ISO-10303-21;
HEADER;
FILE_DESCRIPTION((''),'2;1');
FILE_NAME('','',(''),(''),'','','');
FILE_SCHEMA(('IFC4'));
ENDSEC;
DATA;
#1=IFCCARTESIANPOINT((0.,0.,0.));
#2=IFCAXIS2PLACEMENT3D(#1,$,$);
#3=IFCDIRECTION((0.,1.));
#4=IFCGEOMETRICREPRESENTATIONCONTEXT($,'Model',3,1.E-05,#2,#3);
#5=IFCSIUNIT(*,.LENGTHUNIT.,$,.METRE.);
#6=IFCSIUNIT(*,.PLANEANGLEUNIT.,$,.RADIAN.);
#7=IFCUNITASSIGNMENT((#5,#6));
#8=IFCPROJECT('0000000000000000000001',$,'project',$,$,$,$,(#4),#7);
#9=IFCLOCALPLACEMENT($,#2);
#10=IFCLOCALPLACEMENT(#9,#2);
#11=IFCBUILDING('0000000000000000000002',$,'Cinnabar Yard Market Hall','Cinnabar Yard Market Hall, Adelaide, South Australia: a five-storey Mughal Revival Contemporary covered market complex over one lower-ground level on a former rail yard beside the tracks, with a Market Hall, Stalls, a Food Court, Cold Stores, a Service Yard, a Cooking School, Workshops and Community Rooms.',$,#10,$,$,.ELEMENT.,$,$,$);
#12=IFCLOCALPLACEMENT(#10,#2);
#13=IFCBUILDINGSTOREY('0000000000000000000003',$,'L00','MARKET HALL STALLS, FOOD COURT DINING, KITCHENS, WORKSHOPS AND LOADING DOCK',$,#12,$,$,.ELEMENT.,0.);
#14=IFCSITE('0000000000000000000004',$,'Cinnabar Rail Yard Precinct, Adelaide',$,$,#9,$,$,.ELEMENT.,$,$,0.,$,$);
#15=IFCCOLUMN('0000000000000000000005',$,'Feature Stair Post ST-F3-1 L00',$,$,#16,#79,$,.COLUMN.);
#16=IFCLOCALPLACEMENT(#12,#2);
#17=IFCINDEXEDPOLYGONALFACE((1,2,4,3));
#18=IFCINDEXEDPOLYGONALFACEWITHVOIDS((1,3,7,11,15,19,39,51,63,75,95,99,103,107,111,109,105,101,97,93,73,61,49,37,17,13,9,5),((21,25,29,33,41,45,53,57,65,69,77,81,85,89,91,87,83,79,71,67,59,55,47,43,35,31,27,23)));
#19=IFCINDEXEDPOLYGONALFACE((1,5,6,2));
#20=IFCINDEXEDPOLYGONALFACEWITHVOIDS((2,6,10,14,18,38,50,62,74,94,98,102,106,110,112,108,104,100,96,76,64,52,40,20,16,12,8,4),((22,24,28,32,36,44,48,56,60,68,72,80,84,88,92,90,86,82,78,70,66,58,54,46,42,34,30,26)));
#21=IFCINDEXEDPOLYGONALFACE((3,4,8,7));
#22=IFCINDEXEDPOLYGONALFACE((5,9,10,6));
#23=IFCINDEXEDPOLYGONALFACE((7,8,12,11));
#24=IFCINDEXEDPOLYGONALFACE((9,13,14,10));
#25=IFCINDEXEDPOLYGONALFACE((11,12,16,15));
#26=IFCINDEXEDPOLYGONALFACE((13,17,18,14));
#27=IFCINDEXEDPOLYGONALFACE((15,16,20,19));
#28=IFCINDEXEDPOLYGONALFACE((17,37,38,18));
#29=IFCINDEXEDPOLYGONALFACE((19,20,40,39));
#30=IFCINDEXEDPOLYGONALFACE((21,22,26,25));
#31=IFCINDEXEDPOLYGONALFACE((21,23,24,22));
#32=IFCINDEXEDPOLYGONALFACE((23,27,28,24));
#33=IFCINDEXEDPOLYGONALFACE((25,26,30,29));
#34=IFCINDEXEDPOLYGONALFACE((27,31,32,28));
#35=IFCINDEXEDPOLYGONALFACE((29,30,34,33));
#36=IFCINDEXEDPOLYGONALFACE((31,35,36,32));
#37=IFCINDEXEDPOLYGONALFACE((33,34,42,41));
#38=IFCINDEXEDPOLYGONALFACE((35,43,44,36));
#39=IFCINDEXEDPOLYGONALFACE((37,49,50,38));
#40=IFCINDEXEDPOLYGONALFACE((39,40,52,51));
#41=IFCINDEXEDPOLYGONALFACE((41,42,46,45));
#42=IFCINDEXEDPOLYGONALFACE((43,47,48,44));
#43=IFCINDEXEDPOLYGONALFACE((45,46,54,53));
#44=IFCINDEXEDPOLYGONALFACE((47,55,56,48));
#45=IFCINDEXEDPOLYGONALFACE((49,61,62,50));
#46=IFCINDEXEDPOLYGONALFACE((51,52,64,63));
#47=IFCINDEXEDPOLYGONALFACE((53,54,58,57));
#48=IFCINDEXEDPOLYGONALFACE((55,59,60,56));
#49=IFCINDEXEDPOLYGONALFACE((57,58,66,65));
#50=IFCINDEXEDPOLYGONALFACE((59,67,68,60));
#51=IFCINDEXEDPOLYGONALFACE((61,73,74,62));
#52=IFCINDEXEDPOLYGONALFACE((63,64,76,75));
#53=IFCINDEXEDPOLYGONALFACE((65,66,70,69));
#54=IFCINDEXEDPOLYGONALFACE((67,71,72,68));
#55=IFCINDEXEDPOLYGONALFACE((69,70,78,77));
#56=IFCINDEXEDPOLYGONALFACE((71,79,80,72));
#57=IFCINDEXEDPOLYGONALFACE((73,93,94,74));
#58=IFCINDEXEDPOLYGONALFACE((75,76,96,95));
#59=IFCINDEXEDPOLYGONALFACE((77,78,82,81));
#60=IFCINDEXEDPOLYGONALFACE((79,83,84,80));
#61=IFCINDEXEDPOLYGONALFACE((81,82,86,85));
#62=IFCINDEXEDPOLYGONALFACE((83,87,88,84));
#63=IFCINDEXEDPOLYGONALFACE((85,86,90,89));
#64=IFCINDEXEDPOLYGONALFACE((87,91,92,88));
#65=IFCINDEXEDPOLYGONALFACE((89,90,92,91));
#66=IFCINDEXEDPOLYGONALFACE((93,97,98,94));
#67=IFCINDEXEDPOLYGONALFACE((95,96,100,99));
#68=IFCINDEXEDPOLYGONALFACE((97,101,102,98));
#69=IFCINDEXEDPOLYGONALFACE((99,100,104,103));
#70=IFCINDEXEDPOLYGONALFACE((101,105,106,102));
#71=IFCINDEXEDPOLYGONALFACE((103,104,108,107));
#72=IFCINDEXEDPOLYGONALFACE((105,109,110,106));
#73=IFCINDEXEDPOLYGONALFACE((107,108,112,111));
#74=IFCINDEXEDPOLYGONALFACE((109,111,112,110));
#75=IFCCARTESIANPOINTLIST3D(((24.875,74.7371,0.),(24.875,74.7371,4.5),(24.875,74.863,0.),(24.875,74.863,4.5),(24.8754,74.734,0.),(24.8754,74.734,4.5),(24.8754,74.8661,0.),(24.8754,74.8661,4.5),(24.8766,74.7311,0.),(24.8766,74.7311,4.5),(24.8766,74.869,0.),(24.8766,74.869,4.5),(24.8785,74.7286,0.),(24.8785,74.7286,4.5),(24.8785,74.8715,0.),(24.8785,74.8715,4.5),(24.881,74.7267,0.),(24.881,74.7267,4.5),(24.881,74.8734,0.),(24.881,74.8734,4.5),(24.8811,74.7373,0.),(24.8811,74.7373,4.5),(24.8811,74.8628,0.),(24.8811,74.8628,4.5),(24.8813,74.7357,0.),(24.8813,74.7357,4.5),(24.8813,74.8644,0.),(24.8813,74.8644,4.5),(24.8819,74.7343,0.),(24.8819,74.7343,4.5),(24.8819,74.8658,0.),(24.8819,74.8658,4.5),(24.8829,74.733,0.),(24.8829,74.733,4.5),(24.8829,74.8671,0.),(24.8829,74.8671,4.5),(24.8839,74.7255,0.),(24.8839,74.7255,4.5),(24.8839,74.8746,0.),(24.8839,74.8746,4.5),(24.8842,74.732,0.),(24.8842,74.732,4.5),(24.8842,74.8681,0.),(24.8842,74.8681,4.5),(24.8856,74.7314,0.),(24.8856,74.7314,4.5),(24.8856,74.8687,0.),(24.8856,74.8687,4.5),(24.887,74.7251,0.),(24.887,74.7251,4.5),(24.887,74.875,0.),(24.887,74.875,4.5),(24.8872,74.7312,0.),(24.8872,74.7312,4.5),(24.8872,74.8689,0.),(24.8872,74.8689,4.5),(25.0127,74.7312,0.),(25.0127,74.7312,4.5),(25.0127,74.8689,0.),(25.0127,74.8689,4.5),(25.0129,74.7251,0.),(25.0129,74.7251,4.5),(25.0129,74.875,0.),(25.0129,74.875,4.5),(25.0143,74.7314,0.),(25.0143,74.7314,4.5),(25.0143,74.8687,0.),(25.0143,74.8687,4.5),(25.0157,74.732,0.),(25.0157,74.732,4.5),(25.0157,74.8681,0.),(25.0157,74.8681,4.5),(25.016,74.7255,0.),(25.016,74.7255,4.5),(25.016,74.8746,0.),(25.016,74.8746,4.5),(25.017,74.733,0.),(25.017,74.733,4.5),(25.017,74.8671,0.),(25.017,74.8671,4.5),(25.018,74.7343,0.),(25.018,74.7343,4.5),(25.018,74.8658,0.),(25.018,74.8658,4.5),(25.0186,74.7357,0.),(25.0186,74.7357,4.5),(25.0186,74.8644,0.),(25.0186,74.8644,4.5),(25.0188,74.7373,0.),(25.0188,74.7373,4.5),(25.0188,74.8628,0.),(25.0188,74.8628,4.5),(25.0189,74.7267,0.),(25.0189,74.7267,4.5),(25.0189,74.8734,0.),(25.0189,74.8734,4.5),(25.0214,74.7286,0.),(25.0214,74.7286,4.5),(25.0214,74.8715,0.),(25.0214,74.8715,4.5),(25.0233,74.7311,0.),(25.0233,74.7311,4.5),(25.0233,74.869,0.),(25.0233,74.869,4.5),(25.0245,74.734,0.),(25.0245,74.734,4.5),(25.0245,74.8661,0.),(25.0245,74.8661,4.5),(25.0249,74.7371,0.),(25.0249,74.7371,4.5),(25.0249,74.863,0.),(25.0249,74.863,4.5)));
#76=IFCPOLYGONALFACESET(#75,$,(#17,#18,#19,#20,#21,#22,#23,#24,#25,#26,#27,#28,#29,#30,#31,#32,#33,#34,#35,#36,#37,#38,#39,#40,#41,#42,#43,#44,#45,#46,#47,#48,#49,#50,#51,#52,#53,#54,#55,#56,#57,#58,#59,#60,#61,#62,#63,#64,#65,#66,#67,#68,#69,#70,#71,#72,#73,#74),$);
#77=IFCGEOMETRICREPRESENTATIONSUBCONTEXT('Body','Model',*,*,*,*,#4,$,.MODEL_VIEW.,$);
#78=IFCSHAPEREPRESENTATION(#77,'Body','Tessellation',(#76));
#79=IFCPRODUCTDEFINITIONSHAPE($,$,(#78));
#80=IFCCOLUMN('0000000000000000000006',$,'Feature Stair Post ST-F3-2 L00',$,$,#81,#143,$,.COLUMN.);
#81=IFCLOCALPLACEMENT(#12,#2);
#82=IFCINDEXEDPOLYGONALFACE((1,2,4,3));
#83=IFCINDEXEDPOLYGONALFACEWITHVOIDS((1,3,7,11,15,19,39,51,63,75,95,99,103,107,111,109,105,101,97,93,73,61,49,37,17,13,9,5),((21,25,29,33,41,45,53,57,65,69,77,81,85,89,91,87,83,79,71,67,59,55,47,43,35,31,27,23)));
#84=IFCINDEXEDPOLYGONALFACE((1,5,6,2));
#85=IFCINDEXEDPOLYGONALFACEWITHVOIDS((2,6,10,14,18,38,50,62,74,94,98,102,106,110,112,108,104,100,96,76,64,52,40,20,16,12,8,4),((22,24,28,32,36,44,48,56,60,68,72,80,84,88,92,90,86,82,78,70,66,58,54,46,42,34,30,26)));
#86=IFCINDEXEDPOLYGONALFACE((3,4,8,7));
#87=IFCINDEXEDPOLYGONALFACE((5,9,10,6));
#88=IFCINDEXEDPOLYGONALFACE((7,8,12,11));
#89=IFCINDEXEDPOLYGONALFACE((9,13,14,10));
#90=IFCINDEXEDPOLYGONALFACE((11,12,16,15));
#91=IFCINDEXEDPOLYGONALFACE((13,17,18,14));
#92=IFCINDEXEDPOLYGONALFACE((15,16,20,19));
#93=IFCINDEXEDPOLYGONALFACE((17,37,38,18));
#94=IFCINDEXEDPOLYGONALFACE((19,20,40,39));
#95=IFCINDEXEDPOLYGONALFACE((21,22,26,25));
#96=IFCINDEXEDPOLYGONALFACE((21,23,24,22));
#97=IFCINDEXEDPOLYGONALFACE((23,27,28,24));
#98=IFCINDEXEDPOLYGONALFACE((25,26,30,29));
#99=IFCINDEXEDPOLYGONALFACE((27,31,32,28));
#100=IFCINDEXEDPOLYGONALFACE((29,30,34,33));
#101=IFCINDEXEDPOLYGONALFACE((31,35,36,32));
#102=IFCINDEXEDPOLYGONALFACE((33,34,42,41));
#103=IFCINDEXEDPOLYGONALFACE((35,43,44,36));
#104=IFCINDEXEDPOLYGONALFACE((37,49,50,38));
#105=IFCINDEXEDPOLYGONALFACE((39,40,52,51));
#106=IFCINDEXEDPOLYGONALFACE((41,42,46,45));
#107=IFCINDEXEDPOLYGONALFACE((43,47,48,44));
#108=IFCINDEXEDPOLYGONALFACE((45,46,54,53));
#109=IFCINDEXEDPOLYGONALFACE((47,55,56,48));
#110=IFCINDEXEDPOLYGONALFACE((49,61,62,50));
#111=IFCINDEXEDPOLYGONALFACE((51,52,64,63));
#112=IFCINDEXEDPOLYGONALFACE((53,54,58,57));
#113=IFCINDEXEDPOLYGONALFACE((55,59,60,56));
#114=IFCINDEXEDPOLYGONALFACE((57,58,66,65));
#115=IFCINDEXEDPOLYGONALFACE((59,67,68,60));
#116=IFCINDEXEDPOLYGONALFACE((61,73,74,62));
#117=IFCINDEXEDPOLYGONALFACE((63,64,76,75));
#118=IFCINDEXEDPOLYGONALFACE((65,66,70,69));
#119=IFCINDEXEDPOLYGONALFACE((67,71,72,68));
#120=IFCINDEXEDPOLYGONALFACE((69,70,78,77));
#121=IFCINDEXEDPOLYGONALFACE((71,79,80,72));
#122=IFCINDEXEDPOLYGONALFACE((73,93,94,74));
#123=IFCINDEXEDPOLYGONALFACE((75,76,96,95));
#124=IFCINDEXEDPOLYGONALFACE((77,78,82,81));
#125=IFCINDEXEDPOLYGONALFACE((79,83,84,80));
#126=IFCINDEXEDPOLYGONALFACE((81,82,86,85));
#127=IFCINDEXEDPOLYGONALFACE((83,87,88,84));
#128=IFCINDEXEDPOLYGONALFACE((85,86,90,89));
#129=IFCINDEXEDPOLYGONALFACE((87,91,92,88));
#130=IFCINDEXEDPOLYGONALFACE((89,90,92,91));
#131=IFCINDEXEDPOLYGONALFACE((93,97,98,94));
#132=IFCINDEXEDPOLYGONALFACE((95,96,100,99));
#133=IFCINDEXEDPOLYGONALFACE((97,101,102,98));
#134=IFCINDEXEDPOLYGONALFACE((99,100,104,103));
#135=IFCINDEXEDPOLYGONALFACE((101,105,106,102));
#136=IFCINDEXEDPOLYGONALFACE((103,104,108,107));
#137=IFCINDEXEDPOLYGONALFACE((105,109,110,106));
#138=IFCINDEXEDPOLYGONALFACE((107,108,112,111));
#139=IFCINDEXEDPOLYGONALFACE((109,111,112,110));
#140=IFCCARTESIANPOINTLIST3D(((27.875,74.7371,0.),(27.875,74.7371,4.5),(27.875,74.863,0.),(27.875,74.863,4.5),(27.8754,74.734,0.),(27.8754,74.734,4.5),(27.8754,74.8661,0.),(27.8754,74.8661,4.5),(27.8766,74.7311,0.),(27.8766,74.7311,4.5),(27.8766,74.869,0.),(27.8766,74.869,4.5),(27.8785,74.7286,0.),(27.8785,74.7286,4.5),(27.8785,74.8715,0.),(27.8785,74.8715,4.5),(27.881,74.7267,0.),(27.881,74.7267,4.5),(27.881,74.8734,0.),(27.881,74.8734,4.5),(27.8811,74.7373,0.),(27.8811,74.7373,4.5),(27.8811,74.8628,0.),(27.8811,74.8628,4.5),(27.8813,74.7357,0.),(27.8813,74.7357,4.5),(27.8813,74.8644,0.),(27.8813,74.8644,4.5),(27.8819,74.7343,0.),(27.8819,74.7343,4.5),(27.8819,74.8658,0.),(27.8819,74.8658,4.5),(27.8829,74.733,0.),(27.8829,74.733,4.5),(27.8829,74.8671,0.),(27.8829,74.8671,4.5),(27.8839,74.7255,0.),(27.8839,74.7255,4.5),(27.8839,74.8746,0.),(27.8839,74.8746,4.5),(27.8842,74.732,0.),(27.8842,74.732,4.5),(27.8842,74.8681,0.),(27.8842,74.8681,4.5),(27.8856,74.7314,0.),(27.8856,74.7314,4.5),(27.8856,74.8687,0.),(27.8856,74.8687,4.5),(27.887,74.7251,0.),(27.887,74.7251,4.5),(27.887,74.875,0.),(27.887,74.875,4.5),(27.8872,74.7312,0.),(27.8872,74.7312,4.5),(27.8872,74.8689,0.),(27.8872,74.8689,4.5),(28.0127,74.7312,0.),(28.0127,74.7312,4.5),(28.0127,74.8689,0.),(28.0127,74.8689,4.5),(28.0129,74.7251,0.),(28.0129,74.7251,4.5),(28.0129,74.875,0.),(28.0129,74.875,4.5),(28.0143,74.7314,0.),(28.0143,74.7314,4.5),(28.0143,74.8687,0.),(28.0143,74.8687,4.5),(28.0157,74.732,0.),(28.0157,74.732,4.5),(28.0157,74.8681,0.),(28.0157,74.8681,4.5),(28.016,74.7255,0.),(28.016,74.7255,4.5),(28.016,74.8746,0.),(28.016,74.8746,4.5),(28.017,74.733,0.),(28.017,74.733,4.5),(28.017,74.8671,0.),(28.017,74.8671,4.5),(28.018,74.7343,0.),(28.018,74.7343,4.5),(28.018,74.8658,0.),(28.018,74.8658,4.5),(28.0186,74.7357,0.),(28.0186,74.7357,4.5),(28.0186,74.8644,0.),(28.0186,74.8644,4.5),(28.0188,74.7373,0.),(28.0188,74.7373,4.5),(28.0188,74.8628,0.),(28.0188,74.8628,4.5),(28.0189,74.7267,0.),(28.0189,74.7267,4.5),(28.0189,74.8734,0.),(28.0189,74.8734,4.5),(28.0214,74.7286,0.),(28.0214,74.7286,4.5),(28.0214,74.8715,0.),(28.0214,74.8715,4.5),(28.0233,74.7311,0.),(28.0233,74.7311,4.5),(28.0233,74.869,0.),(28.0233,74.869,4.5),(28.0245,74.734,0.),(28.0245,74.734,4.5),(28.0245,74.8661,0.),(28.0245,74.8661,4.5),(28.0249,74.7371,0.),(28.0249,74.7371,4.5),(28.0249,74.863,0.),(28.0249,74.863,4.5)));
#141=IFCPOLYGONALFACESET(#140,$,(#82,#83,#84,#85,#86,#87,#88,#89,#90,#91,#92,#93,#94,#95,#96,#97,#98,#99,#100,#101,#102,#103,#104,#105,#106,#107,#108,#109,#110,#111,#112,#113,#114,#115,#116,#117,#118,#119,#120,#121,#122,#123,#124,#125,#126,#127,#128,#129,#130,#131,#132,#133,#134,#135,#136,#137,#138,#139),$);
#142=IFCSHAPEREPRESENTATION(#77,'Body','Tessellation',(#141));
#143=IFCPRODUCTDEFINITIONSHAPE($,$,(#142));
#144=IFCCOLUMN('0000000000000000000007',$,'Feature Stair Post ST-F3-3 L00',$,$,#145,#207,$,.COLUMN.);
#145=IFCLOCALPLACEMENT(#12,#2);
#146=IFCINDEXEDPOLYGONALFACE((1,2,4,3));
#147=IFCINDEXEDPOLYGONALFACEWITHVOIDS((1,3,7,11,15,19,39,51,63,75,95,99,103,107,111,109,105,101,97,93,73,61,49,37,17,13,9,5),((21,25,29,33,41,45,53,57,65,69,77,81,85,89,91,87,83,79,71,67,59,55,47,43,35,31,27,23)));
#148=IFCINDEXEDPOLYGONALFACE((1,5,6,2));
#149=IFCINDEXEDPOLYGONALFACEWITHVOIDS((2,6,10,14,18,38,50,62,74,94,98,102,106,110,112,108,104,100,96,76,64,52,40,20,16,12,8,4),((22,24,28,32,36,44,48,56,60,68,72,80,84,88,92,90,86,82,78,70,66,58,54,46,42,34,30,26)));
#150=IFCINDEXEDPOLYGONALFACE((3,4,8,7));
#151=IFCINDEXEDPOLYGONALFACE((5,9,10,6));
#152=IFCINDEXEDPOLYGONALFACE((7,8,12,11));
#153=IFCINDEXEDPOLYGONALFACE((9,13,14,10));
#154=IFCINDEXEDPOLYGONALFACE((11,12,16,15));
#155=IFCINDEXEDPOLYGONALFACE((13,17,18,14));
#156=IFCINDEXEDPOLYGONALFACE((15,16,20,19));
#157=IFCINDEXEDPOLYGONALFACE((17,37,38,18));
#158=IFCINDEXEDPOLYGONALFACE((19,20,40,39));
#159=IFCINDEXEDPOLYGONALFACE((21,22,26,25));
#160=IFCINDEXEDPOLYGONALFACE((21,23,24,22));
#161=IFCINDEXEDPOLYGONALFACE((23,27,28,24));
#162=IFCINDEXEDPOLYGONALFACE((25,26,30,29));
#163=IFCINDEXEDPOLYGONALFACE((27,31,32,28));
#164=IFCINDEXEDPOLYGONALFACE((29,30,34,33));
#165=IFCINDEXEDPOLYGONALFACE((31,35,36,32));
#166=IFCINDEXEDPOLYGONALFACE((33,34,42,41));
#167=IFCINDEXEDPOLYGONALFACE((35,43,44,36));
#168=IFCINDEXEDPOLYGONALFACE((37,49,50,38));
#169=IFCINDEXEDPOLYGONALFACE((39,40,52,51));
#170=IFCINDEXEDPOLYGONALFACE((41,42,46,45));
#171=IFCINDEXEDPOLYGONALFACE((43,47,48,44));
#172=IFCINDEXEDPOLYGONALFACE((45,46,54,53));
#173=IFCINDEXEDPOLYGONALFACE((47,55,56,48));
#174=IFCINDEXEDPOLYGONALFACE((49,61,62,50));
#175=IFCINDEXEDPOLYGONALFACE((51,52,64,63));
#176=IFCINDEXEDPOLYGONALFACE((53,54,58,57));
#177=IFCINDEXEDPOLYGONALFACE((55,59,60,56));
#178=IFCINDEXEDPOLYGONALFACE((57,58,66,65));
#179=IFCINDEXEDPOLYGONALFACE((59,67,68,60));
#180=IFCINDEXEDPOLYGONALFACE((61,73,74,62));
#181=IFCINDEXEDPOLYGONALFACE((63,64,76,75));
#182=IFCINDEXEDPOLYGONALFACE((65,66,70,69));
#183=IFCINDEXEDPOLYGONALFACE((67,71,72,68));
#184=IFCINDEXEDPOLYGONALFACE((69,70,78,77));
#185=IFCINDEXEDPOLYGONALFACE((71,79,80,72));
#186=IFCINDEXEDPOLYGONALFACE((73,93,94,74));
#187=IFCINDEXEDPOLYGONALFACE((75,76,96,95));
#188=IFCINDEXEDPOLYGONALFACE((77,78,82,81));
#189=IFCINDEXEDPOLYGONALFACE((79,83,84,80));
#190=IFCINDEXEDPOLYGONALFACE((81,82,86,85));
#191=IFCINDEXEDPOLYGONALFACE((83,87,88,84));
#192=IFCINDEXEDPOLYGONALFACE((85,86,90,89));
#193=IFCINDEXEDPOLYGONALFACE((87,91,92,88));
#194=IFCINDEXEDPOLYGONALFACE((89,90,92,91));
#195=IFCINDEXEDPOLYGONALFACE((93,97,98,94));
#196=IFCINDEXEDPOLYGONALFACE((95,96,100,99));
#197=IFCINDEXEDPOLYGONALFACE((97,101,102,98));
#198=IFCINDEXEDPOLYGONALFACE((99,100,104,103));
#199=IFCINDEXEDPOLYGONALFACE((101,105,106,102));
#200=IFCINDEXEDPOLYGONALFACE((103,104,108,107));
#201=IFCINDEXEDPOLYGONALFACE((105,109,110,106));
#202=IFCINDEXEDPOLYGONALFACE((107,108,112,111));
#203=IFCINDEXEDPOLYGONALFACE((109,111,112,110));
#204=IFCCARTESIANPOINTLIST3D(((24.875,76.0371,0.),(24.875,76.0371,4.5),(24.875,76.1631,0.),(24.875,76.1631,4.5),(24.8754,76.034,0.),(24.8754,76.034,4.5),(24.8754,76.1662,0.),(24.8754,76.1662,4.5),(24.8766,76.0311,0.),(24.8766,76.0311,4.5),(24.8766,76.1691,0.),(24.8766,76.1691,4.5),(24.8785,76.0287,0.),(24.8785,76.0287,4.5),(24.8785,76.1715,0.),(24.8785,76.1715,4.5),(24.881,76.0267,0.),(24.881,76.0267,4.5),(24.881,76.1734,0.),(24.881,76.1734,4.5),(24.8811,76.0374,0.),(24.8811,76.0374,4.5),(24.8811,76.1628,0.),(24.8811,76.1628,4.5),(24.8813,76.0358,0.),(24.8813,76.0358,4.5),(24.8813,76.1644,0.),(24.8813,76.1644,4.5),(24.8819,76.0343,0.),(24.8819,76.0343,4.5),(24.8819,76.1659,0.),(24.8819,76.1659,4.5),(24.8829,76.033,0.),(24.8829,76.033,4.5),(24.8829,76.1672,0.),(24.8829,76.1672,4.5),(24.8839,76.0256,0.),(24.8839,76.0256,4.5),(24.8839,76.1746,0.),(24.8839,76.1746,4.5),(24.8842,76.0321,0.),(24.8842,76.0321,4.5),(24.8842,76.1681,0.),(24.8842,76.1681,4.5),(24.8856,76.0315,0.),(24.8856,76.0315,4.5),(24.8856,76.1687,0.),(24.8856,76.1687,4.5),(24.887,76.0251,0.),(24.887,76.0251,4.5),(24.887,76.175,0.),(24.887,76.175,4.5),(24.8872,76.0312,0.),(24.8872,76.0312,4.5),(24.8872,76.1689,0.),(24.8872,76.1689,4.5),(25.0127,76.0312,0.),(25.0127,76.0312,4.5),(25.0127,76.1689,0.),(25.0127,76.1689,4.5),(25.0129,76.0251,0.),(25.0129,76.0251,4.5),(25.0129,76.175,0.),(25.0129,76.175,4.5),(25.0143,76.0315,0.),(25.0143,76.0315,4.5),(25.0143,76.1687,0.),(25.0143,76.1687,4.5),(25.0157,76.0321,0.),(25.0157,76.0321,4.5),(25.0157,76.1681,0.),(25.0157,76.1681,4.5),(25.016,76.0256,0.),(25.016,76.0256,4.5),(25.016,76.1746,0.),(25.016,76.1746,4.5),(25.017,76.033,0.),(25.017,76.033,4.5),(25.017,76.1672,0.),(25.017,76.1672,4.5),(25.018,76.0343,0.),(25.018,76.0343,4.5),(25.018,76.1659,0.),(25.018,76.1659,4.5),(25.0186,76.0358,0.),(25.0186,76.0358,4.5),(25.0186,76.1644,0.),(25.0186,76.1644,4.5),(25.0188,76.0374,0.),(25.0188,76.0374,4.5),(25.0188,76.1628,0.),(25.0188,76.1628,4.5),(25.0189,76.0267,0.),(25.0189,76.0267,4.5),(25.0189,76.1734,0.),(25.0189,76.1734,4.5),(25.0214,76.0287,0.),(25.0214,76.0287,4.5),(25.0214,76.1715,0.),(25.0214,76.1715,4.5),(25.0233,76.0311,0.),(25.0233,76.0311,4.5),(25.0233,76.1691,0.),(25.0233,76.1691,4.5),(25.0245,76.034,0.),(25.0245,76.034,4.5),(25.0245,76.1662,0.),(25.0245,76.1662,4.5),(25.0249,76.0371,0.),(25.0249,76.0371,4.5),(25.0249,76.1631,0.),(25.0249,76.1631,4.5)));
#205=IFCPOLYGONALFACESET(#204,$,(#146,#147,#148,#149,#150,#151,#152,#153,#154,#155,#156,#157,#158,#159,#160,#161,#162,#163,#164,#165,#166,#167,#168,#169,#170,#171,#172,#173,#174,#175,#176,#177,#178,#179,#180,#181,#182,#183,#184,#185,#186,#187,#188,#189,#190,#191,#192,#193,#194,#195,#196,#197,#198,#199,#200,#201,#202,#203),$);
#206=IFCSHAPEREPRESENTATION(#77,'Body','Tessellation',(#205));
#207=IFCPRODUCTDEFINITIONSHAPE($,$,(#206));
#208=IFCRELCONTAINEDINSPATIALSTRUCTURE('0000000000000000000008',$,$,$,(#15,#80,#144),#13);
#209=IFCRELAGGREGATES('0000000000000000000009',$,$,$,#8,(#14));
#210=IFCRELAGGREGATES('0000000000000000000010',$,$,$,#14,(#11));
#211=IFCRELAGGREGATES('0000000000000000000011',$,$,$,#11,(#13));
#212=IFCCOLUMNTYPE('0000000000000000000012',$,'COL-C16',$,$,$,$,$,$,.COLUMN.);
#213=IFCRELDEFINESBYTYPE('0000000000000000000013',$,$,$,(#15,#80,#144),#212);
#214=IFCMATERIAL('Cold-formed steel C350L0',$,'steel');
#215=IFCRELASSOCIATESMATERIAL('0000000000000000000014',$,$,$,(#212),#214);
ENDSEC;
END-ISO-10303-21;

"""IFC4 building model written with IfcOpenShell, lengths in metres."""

from ifc_helpers import new_model, si_unit, direction, frame, origin, origin_2d_with_axis, place, context, subcontext, project, spatial, hollow_rectangle, extrude, material, material_profile, profile_set, type_object, element, save


model = new_model("IFC4")

# Units and contexts
model_context = context("Model", 3, precision=1e-05, world=origin(), true_north=direction((0.0, 1.0)))
body_context = subcontext(model_context, "Body", "Model", "MODEL_VIEW")
ifc_project = project(units=[si_unit("LENGTHUNIT", "METRE"), si_unit("PLANEANGLEUNIT", "RADIAN")], contexts=[model_context])

# Site, building, storey
site_placement = place(None, origin())
site = spatial("IfcSite", under=ifc_project, at=site_placement, Name="Cinnabar Rail Yard Precinct, Adelaide", CompositionType="ELEMENT", RefElevation=0.0)
building_placement = place(site_placement, origin())
building = spatial("IfcBuilding", under=site, at=building_placement, Name="Cinnabar Yard Market Hall", Description="Cinnabar Yard Market Hall, Adelaide, South Australia: a five-storey Mughal Revival Contemporary covered market complex over one lower-ground level on a former rail yard beside the tracks, with a Market Hall, Stalls, a Food Court, Cold Stores, a Service Yard, a Cooking School, Workshops and Community Rooms.", CompositionType="ELEMENT")
storey_placement = place(building_placement, origin())
storey = spatial("IfcBuildingStorey", under=building, at=storey_placement, Name="L00", Description="MARKET HALL STALLS, FOOD COURT DINING, KITCHENS, WORKSHOPS AND LOADING DOCK", CompositionType="ELEMENT", Elevation=0.0)

# Columns
ifc_material_1 = material(Name="Cold-formed steel C350L0", Category="steel")
ifc_material_profile_1 = material_profile(ifc_material_1, hollow_rectangle(XDim=0.1499, YDim=0.1499, WallThickness=0.0061, InnerFilletRadius=0.0061, OuterFilletRadius=0.012, at=origin_2d_with_axis()), Name="150x150x6.0SHS")
ifc_profile_set_1 = profile_set([ifc_material_profile_1], Name="Cold-formed steel C350L0")
column_type_1 = type_object("IfcColumnType", Name="COL-C16", PredefinedType="COLUMN", material=ifc_profile_set_1)
for number, where, z_axis, x_axis, name in (
    (1, (24.95, 74.8, 0.0), (0.0, 0.0, 1.0), (1.0, 0.0, 0.0), "Feature Stair Post ST-F3-1 L00"),
    (2, (27.95, 74.8, 0.0), (0.0, 0.0, 1.0), (1.0, 0.0, 0.0), "Feature Stair Post ST-F3-2 L00"),
    (3, (24.95, 76.1001, 0.0), (0.0, 0.0, 1.0), (1.0, 0.0, 0.0), "Feature Stair Post ST-F3-3 L00"),
):
    element("IfcColumn", number, at=place(storey_placement, frame(where, z_axis=z_axis, x_axis=x_axis)), inside=storey, type_object=column_type_1, Name=name, PredefinedType="COLUMN", context=body_context, shape_type="SweptSolid", body=[
        extrude(hollow_rectangle(XDim=0.1499, YDim=0.1499, WallThickness=0.0061, InnerFilletRadius=0.0061, OuterFilletRadius=0.012, at=origin_2d_with_axis()), origin(), (0.0, 0.0, 1.0), 4.5),
    ])

save(model, "model.ifc")
